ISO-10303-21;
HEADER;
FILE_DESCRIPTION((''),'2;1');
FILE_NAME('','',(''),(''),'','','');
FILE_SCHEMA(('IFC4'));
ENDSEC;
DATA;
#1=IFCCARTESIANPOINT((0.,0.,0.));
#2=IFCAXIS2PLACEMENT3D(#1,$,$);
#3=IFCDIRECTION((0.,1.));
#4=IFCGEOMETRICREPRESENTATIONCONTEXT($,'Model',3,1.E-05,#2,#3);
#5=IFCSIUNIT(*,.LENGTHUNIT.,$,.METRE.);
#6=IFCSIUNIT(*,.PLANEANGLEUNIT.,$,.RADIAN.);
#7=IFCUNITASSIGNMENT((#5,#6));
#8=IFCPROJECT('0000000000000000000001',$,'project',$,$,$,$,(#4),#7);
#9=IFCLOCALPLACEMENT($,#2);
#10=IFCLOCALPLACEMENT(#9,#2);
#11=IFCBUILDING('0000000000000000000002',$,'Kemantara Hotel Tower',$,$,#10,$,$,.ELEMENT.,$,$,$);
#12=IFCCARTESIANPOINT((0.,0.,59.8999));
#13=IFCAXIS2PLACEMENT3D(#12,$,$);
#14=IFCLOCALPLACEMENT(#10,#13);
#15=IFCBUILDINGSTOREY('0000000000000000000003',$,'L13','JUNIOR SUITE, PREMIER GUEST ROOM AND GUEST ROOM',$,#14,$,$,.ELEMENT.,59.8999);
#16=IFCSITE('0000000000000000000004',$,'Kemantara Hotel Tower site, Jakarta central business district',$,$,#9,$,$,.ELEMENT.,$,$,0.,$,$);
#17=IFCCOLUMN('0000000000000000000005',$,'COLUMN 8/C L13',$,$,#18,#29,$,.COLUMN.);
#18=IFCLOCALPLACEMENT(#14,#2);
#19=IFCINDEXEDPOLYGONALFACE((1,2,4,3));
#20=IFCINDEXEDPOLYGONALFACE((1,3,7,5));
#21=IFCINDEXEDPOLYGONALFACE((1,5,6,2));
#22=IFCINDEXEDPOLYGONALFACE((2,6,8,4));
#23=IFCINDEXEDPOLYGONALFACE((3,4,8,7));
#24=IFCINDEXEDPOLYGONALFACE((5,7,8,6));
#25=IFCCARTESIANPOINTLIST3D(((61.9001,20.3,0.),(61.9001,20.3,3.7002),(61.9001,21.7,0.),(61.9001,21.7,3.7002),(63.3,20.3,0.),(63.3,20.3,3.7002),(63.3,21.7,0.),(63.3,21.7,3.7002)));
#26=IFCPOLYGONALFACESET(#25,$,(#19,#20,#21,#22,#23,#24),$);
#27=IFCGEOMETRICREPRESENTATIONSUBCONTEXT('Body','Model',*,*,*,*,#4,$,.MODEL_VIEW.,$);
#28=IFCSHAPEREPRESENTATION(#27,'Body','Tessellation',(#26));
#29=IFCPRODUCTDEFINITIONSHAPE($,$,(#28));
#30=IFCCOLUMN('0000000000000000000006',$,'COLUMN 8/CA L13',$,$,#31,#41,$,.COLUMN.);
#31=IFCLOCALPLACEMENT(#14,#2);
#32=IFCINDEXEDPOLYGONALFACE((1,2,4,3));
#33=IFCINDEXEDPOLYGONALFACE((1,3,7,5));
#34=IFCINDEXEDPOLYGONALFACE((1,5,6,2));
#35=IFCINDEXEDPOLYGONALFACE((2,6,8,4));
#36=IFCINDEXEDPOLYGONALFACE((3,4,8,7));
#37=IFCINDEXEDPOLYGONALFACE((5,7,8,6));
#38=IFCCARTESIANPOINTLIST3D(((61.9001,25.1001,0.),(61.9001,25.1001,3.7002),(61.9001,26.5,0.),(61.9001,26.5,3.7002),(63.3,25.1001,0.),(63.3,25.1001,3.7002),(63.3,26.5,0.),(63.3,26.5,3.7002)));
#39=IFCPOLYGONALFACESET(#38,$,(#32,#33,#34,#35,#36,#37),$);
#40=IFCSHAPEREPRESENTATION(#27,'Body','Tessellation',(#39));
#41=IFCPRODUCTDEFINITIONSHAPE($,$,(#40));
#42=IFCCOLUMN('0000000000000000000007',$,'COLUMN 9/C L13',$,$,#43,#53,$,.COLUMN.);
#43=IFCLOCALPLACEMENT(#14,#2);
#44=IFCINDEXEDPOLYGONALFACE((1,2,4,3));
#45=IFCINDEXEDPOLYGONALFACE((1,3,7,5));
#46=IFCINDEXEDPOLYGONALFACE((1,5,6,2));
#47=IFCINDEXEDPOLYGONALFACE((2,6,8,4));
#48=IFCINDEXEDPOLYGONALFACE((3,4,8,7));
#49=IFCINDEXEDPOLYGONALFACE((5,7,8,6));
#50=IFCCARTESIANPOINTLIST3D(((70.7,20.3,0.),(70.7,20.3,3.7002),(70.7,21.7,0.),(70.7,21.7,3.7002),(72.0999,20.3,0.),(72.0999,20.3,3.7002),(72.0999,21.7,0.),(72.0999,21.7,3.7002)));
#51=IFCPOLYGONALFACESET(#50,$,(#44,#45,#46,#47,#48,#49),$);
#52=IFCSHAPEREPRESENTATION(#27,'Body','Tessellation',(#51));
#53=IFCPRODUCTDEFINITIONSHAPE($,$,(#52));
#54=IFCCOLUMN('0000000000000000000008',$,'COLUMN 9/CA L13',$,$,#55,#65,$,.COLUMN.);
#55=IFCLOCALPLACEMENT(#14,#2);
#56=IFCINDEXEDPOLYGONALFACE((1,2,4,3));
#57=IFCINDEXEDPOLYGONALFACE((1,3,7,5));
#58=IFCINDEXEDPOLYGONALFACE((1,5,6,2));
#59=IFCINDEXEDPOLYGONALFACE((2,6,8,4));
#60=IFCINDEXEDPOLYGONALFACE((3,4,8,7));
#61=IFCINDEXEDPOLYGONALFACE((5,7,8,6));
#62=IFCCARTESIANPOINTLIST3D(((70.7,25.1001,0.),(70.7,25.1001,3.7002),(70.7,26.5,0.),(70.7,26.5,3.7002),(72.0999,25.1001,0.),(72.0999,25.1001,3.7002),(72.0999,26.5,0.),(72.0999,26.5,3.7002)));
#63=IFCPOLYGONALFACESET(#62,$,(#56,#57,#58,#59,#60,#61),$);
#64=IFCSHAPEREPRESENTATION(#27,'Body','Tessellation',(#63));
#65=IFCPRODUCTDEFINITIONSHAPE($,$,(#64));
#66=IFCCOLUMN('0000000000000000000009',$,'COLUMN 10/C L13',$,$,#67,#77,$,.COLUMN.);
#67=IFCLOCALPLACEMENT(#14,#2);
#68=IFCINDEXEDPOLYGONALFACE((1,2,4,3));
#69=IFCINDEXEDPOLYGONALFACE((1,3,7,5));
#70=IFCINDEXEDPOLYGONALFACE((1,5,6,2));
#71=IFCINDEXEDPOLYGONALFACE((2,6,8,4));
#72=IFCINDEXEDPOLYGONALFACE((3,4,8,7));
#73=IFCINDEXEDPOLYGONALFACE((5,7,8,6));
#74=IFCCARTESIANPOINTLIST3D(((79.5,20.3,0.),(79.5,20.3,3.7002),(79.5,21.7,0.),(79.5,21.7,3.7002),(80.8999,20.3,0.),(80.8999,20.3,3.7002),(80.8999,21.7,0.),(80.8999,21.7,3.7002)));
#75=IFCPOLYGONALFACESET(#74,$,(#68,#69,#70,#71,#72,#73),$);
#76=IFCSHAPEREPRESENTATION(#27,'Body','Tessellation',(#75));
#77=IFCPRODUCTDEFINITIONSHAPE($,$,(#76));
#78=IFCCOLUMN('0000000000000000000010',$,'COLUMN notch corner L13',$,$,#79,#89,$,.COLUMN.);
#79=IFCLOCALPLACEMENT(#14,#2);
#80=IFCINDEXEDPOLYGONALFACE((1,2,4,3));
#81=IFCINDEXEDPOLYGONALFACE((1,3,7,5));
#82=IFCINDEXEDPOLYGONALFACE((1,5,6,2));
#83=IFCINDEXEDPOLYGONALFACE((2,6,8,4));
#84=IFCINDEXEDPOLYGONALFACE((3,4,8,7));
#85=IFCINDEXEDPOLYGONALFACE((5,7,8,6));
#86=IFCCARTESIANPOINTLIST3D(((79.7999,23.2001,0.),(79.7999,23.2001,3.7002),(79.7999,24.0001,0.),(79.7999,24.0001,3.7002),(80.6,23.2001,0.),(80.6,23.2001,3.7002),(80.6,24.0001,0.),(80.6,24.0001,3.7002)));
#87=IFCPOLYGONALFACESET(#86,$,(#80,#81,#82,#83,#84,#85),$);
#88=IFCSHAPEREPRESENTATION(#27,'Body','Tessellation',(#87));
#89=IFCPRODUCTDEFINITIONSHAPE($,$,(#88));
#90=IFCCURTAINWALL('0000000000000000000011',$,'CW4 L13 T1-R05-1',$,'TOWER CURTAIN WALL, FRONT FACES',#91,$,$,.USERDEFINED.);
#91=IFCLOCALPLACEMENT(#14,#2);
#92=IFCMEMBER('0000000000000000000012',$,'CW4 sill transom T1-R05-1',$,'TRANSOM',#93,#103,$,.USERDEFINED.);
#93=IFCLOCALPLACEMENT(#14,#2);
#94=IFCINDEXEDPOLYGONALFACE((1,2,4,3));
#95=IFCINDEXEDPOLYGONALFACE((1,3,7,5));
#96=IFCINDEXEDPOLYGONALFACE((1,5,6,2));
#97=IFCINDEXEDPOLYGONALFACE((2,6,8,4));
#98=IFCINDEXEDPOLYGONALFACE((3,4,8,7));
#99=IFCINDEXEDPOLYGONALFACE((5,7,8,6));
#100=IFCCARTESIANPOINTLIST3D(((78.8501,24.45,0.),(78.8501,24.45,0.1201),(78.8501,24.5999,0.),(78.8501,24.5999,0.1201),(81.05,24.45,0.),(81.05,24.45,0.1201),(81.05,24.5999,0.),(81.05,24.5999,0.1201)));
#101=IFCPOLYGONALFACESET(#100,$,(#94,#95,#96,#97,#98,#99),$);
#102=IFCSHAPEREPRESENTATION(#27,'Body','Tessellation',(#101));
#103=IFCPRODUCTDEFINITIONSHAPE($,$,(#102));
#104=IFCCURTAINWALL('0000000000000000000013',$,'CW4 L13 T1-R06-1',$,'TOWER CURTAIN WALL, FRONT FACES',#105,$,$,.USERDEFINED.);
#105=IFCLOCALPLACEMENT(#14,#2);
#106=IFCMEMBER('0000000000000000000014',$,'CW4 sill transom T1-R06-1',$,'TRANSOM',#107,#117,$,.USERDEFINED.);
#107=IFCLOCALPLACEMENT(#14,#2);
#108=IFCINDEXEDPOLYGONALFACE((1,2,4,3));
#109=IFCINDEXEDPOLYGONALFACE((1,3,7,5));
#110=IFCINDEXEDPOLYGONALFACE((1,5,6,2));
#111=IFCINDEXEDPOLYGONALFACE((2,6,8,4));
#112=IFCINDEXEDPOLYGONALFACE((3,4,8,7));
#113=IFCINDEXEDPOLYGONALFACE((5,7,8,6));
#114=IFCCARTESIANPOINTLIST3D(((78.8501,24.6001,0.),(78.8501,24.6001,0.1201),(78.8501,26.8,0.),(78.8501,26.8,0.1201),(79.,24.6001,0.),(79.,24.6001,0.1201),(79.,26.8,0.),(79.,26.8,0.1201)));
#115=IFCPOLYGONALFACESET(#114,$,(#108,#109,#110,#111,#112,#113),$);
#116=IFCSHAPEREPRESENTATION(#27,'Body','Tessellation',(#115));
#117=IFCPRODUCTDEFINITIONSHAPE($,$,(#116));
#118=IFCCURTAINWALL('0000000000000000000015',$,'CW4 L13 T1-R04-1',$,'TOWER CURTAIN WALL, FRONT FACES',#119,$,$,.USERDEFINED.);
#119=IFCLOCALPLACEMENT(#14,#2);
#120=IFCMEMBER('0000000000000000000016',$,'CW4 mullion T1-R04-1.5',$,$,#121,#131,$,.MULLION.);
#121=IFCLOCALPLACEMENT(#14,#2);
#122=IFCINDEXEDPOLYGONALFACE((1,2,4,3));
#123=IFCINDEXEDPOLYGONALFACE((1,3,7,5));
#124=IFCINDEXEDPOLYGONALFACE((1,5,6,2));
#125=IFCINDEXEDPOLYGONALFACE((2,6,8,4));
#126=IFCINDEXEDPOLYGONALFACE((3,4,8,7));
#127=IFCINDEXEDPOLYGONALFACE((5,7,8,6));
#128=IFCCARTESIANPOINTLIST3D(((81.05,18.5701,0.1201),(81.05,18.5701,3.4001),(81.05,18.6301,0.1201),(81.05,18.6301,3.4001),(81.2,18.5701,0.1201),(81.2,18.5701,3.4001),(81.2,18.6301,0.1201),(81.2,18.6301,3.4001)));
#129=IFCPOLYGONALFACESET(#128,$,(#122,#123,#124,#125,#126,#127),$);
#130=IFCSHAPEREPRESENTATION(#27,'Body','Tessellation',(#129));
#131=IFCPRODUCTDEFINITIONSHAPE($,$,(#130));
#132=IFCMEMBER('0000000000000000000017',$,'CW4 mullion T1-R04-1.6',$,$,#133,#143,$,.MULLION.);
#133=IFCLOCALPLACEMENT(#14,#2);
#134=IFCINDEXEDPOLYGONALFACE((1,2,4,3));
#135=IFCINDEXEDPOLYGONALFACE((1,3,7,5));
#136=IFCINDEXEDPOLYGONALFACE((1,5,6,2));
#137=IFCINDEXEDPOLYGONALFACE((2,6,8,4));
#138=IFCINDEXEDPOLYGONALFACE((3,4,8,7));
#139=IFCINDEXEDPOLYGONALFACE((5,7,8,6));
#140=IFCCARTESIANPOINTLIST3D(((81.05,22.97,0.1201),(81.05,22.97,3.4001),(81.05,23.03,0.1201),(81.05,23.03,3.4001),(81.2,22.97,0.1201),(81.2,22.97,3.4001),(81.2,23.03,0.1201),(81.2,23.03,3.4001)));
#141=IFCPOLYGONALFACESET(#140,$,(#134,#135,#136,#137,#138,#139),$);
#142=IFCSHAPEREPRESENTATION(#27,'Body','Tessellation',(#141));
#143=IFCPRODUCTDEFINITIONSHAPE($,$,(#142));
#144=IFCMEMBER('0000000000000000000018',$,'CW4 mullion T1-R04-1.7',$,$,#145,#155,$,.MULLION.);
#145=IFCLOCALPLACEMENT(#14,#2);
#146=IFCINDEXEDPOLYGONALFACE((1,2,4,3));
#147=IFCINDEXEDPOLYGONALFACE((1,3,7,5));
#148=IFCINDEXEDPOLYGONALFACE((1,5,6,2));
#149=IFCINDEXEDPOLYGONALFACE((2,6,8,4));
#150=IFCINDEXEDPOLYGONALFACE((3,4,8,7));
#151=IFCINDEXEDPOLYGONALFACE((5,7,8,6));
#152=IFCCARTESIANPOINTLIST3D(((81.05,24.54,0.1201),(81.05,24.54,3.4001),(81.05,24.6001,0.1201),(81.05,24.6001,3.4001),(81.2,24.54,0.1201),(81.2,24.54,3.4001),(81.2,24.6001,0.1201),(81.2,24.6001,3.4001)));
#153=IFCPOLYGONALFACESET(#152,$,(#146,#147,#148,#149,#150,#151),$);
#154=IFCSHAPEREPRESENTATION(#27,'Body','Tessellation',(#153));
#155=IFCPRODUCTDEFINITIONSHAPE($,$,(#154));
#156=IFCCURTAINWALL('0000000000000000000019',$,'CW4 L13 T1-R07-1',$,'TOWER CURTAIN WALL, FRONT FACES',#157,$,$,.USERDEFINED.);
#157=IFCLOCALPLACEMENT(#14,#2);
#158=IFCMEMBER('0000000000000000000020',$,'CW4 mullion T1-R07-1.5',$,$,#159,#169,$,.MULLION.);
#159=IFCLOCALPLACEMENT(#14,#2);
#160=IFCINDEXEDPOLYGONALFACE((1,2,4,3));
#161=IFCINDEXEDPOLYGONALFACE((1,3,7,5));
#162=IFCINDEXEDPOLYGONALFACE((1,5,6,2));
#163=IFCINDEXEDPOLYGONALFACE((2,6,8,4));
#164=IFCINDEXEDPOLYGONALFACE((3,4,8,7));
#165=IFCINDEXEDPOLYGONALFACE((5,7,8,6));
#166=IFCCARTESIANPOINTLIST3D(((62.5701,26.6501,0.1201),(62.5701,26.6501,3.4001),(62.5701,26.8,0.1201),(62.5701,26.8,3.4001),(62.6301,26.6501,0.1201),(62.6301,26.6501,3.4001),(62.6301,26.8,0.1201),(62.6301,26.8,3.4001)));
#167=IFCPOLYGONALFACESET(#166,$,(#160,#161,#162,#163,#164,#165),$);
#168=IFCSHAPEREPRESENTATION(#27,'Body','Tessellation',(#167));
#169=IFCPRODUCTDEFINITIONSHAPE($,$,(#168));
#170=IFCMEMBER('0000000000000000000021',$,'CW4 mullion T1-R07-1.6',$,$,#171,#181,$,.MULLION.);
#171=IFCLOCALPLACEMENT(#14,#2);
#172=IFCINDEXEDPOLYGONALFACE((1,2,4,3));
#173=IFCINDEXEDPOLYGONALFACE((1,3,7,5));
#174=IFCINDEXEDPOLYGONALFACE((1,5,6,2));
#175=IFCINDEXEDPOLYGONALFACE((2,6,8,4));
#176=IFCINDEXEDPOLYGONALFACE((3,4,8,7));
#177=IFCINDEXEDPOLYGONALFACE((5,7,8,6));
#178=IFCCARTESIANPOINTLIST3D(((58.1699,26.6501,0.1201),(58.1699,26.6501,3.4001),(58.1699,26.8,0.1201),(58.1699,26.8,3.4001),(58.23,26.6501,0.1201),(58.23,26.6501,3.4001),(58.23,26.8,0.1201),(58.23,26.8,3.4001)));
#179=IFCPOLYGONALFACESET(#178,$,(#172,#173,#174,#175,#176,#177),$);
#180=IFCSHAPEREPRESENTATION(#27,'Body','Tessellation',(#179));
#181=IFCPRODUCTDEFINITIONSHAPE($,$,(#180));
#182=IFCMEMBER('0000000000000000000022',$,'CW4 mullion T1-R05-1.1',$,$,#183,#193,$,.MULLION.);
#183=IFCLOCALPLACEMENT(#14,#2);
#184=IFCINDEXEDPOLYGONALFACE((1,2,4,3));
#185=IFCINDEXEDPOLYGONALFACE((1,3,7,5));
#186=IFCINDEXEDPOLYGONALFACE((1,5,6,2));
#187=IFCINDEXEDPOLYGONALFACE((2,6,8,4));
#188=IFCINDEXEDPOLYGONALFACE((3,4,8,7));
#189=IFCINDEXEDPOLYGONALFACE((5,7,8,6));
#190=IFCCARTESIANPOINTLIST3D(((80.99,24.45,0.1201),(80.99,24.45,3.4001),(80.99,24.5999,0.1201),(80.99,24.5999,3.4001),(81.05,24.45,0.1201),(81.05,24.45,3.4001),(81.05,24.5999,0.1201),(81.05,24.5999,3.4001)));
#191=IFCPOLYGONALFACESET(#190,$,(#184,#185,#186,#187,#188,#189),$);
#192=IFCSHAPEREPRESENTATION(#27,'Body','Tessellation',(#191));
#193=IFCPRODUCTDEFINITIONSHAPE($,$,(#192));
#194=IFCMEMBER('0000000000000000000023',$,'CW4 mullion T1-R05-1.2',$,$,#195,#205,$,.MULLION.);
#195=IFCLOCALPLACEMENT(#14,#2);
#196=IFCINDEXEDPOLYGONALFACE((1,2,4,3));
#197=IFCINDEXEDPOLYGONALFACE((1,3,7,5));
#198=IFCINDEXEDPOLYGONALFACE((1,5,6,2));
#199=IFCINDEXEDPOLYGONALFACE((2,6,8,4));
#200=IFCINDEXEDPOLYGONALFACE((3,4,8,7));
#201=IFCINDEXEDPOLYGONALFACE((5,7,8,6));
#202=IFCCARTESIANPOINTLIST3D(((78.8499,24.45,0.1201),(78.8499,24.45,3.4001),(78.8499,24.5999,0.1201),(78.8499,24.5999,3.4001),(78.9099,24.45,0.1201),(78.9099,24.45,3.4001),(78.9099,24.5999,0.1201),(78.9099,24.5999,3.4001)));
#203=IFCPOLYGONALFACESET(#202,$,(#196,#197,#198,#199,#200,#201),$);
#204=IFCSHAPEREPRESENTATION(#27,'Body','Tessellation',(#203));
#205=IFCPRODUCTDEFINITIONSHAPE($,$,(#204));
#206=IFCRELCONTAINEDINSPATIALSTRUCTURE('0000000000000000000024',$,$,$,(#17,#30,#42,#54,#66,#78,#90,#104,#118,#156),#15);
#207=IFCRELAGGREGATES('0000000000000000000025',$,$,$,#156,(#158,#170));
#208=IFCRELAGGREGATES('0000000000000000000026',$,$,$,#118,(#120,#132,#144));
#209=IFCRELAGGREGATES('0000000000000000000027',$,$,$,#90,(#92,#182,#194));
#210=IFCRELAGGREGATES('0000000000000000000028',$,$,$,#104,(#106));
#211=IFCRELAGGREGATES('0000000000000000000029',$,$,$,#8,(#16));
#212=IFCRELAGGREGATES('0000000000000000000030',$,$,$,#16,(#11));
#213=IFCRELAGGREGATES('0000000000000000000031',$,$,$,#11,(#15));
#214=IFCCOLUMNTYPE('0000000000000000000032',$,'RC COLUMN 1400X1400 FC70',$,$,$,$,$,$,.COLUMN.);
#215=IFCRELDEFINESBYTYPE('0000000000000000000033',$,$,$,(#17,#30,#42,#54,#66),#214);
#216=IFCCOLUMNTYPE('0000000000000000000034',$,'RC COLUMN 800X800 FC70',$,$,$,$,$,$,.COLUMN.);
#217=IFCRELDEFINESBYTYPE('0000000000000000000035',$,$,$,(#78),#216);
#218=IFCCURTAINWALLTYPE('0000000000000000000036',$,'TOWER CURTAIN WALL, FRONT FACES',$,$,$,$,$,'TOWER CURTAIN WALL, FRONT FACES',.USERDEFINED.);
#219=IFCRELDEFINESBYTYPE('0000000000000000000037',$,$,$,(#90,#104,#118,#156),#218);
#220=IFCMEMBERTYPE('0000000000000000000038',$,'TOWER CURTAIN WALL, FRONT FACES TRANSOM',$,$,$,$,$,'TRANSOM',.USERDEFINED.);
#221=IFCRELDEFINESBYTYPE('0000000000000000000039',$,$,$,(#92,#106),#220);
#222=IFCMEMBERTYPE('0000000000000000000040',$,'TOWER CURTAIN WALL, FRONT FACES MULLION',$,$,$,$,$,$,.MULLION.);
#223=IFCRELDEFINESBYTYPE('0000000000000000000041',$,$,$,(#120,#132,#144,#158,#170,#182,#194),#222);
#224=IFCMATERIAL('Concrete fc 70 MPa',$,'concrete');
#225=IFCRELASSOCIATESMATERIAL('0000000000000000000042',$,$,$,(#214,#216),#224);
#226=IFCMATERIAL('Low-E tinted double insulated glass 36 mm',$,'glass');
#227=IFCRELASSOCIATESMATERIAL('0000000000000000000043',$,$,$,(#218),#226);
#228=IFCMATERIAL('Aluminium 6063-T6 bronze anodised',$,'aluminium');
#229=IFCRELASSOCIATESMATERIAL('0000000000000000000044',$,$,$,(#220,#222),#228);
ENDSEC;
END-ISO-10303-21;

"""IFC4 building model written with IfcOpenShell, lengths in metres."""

from ifc_helpers import new_model, si_unit, direction, frame, origin, origin_2d, place, context, subcontext, project, spatial, rectangle, extrude, source, transform, mapped, material, material_profile, profile_set, type_object, element, aggregate, save


model = new_model("IFC4")

# Units and contexts
model_context = context("Model", 3, precision=1e-05, world=origin(), true_north=direction((0.0, 1.0)))
body_context = subcontext(model_context, "Body", "Model", "MODEL_VIEW")
ifc_project = project(units=[si_unit("LENGTHUNIT", "METRE"), si_unit("PLANEANGLEUNIT", "RADIAN")], contexts=[model_context])

# Site, building, storey
site_placement = place(None, origin())
site = spatial("IfcSite", under=ifc_project, at=site_placement, Name="Kemantara Hotel Tower site, Jakarta central business district", CompositionType="ELEMENT", RefElevation=0.0)
building_placement = place(site_placement, origin())
building = spatial("IfcBuilding", under=site, at=building_placement, Name="Kemantara Hotel Tower", CompositionType="ELEMENT")
storey_placement = place(building_placement, frame((0.0, 0.0, 59.8999)))
storey = spatial("IfcBuildingStorey", under=building, at=storey_placement, Name="L13", Description="JUNIOR SUITE, PREMIER GUEST ROOM AND GUEST ROOM", CompositionType="ELEMENT", Elevation=59.8999)

# Columns
ifc_material_1 = material(Name="Concrete fc 70 MPa", Category="concrete")
ifc_material_profile_1 = material_profile(ifc_material_1, rectangle(XDim=1.3999, YDim=1.3999, at=origin_2d()), Name="RC 1400X1400")
ifc_profile_set_1 = profile_set([ifc_material_profile_1], Name="Concrete fc 70 MPa")
column_type_1 = type_object("IfcColumnType", Name="RC COLUMN 1400X1400 FC70", PredefinedType="COLUMN", material=ifc_profile_set_1)
for number, where, z_axis, x_axis, name in (
    (1, (62.6001, 21.0, 0.0), (0.0, 0.0, 1.0), (1.0, 0.0, 0.0), "COLUMN 8/C L13"),
    (2, (62.6001, 25.8, 0.0), (0.0, 0.0, 1.0), (1.0, 0.0, 0.0), "COLUMN 8/CA L13"),
    (3, (71.3999, 21.0, 0.0), (0.0, 0.0, 1.0), (1.0, 0.0, 0.0), "COLUMN 9/C L13"),
    (4, (71.3999, 25.8, 0.0), (0.0, 0.0, 1.0), (1.0, 0.0, 0.0), "COLUMN 9/CA L13"),
    (5, (80.2, 21.0, 0.0), (0.0, 0.0, 1.0), (1.0, 0.0, 0.0), "COLUMN 10/C L13"),
):
    element("IfcColumn", number, at=place(storey_placement, frame(where, z_axis=z_axis, x_axis=x_axis)), inside=storey, type_object=column_type_1, Name=name, PredefinedType="COLUMN", context=body_context, shape_type="SweptSolid", body=[
        extrude(rectangle(XDim=1.3999, YDim=1.3999, at=origin_2d()), origin(), (0.0, 0.0, 1.0), 3.7002),
    ])
ifc_material_profile_2 = material_profile(ifc_material_1, rectangle(XDim=0.8, YDim=0.8, at=origin_2d()), Name="RC 800X800")
ifc_profile_set_2 = profile_set([ifc_material_profile_2], Name="Concrete fc 70 MPa")
column_type_2 = type_object("IfcColumnType", Name="RC COLUMN 800X800 FC70", PredefinedType="COLUMN", material=ifc_profile_set_2)
column_placement = place(storey_placement, frame((80.2, 23.6001, 0.0), z_axis=(0.0, 0.0, 1.0), x_axis=(1.0, 0.0, 0.0)))
element("IfcColumn", 6, at=column_placement, inside=storey, type_object=column_type_2, Name="COLUMN notch corner L13", PredefinedType="COLUMN", context=body_context, shape_type="SweptSolid", body=[
    extrude(rectangle(XDim=0.8, YDim=0.8, at=origin_2d()), origin(), (0.0, 0.0, 1.0), 3.7002),
])

# Curtain walls, members
ifc_material_2 = material(Name="Low-E tinted double insulated glass 36 mm", Category="glass")
curtain_wall_type = type_object("IfcCurtainWallType", Name="TOWER CURTAIN WALL, FRONT FACES", ElementType="TOWER CURTAIN WALL, FRONT FACES", PredefinedType="USERDEFINED", material=ifc_material_2)
curtain_wall_1_placement = place(storey_placement, origin())
curtain_wall_1 = element("IfcCurtainWall", 7, at=curtain_wall_1_placement, inside=storey, type_object=curtain_wall_type, Name="CW4 L13 T1-R05-1", ObjectType="TOWER CURTAIN WALL, FRONT FACES", PredefinedType="USERDEFINED")
ifc_material_3 = material(Name="Aluminium 6063-T6 bronze anodised", Category="aluminium")
ifc_material_profile_3 = material_profile(ifc_material_3, rectangle(XDim=0.1499, YDim=0.1201, at=origin_2d()), Name="TOWER CURTAIN WALL, FRONT FACES TRANSOM")
ifc_profile_set_3 = profile_set([ifc_material_profile_3], Name="Aluminium 6063-T6 bronze anodised")
member_type_1 = type_object("IfcMemberType", Name="TOWER CURTAIN WALL, FRONT FACES TRANSOM", ElementType="TRANSOM", PredefinedType="USERDEFINED", material=ifc_profile_set_3)
member_1_placement = place(storey_placement, frame((81.05, 24.5249, 0.0601), z_axis=(-1.0, 0.0, 0.0), x_axis=(0.0, -1.0, 0.0)))
member_1 = element("IfcMember", 8, at=member_1_placement, type_object=member_type_1, Name="CW4 sill transom T1-R05-1", ObjectType="TRANSOM", PredefinedType="USERDEFINED", context=body_context, shape_type="SweptSolid", body=[
    extrude(rectangle(XDim=0.1499, YDim=0.1201, at=origin_2d()), origin(), (0.0, 0.0, 1.0), 2.2),
])
curtain_wall_2_placement = place(storey_placement, origin())
curtain_wall_2 = element("IfcCurtainWall", 9, at=curtain_wall_2_placement, inside=storey, type_object=curtain_wall_type, Name="CW4 L13 T1-R06-1", ObjectType="TOWER CURTAIN WALL, FRONT FACES", PredefinedType="USERDEFINED")
member_2_placement = place(storey_placement, frame((78.925, 24.6001, 0.0601), z_axis=(0.0, 1.0, 0.0), x_axis=(-1.0, 0.0, 0.0)))
member_2 = element("IfcMember", 10, at=member_2_placement, type_object=member_type_1, Name="CW4 sill transom T1-R06-1", ObjectType="TRANSOM", PredefinedType="USERDEFINED", context=body_context, shape_type="SweptSolid", body=[
    extrude(rectangle(XDim=0.1499, YDim=0.1201, at=origin_2d()), origin(), (0.0, 0.0, 1.0), 2.2),
])

# Curtain walls, members
curtain_wall_3_placement = place(storey_placement, origin())
curtain_wall_3 = element("IfcCurtainWall", 11, at=curtain_wall_3_placement, inside=storey, type_object=curtain_wall_type, Name="CW4 L13 T1-R04-1", ObjectType="TOWER CURTAIN WALL, FRONT FACES", PredefinedType="USERDEFINED")
ifc_material_profile_4 = material_profile(ifc_material_3, rectangle(XDim=0.1499, YDim=0.0601, at=origin_2d()), Name="TOWER CURTAIN WALL, FRONT FACES MULLION")
ifc_profile_set_4 = profile_set([ifc_material_profile_4], Name="Aluminium 6063-T6 bronze anodised")
member_type_2 = type_object("IfcMemberType", Name="TOWER CURTAIN WALL, FRONT FACES MULLION", PredefinedType="MULLION", material=ifc_profile_set_4)
shared_shape_1 = source(origin(), body_context, "Body", "SweptSolid", [
    extrude(rectangle(XDim=0.1499, YDim=0.0601, at=origin_2d()), origin(), (0.0, 0.0, 1.0), 3.28),
])
member_3_placement = place(storey_placement, frame((81.125, 18.6001, 0.1201), z_axis=(0.0, 0.0, 1.0), x_axis=(-1.0, 0.0, 0.0)))
member_3 = element("IfcMember", 12, at=member_3_placement, type_object=member_type_2, Name="CW4 mullion T1-R04-1.5", PredefinedType="MULLION", context=body_context, shape_type="MappedRepresentation", body=[
    mapped(shared_shape_1, transform((0.0, 0.0, 0.0))),
])
member_4_placement = place(storey_placement, frame((81.125, 23.0, 0.1201), z_axis=(0.0, 0.0, 1.0), x_axis=(-1.0, 0.0, 0.0)))
member_4 = element("IfcMember", 13, at=member_4_placement, type_object=member_type_2, Name="CW4 mullion T1-R04-1.6", PredefinedType="MULLION", context=body_context, shape_type="MappedRepresentation", body=[
    mapped(shared_shape_1, transform((0.0, 0.0, 0.0))),
])
member_5_placement = place(storey_placement, frame((81.125, 24.5701, 0.1201), z_axis=(0.0, 0.0, 1.0), x_axis=(-1.0, 0.0, 0.0)))
member_5 = element("IfcMember", 14, at=member_5_placement, type_object=member_type_2, Name="CW4 mullion T1-R04-1.7", PredefinedType="MULLION", context=body_context, shape_type="MappedRepresentation", body=[
    mapped(shared_shape_1, transform((0.0, 0.0, 0.0))),
])
curtain_wall_4_placement = place(storey_placement, origin())
curtain_wall_4 = element("IfcCurtainWall", 15, at=curtain_wall_4_placement, inside=storey, type_object=curtain_wall_type, Name="CW4 L13 T1-R07-1", ObjectType="TOWER CURTAIN WALL, FRONT FACES", PredefinedType="USERDEFINED")
member_6_placement = place(storey_placement, frame((62.6001, 26.7251, 0.1201), z_axis=(0.0, 0.0, 1.0), x_axis=(0.0, -1.0, 0.0)))
member_6 = element("IfcMember", 16, at=member_6_placement, type_object=member_type_2, Name="CW4 mullion T1-R07-1.5", PredefinedType="MULLION", context=body_context, shape_type="MappedRepresentation", body=[
    mapped(shared_shape_1, transform((0.0, 0.0, 0.0))),
])
member_7_placement = place(storey_placement, frame((58.2, 26.7251, 0.1201), z_axis=(0.0, 0.0, 1.0), x_axis=(0.0, -1.0, 0.0)))
member_7 = element("IfcMember", 17, at=member_7_placement, type_object=member_type_2, Name="CW4 mullion T1-R07-1.6", PredefinedType="MULLION", context=body_context, shape_type="MappedRepresentation", body=[
    mapped(shared_shape_1, transform((0.0, 0.0, 0.0))),
])

# Members
member_8_placement = place(storey_placement, frame((81.02, 24.5249, 0.1201), z_axis=(0.0, 0.0, 1.0), x_axis=(0.0, -1.0, 0.0)))
member_8 = element("IfcMember", 18, at=member_8_placement, type_object=member_type_2, Name="CW4 mullion T1-R05-1.1", PredefinedType="MULLION", context=body_context, shape_type="MappedRepresentation", body=[
    mapped(shared_shape_1, transform((0.0, 0.0, 0.0))),
])
member_9_placement = place(storey_placement, frame((78.8799, 24.5249, 0.1201), z_axis=(0.0, 0.0, 1.0), x_axis=(0.0, -1.0, 0.0)))
member_9 = element("IfcMember", 19, at=member_9_placement, type_object=member_type_2, Name="CW4 mullion T1-R05-1.2", PredefinedType="MULLION", context=body_context, shape_type="MappedRepresentation", body=[
    mapped(shared_shape_1, transform((0.0, 0.0, 0.0))),
])

aggregate(curtain_wall_4, [member_6, member_7])
aggregate(curtain_wall_3, [member_3, member_4, member_5])
aggregate(curtain_wall_1, [member_1, member_8, member_9])
aggregate(curtain_wall_2, [member_2])

save(model, "model.ifc")
